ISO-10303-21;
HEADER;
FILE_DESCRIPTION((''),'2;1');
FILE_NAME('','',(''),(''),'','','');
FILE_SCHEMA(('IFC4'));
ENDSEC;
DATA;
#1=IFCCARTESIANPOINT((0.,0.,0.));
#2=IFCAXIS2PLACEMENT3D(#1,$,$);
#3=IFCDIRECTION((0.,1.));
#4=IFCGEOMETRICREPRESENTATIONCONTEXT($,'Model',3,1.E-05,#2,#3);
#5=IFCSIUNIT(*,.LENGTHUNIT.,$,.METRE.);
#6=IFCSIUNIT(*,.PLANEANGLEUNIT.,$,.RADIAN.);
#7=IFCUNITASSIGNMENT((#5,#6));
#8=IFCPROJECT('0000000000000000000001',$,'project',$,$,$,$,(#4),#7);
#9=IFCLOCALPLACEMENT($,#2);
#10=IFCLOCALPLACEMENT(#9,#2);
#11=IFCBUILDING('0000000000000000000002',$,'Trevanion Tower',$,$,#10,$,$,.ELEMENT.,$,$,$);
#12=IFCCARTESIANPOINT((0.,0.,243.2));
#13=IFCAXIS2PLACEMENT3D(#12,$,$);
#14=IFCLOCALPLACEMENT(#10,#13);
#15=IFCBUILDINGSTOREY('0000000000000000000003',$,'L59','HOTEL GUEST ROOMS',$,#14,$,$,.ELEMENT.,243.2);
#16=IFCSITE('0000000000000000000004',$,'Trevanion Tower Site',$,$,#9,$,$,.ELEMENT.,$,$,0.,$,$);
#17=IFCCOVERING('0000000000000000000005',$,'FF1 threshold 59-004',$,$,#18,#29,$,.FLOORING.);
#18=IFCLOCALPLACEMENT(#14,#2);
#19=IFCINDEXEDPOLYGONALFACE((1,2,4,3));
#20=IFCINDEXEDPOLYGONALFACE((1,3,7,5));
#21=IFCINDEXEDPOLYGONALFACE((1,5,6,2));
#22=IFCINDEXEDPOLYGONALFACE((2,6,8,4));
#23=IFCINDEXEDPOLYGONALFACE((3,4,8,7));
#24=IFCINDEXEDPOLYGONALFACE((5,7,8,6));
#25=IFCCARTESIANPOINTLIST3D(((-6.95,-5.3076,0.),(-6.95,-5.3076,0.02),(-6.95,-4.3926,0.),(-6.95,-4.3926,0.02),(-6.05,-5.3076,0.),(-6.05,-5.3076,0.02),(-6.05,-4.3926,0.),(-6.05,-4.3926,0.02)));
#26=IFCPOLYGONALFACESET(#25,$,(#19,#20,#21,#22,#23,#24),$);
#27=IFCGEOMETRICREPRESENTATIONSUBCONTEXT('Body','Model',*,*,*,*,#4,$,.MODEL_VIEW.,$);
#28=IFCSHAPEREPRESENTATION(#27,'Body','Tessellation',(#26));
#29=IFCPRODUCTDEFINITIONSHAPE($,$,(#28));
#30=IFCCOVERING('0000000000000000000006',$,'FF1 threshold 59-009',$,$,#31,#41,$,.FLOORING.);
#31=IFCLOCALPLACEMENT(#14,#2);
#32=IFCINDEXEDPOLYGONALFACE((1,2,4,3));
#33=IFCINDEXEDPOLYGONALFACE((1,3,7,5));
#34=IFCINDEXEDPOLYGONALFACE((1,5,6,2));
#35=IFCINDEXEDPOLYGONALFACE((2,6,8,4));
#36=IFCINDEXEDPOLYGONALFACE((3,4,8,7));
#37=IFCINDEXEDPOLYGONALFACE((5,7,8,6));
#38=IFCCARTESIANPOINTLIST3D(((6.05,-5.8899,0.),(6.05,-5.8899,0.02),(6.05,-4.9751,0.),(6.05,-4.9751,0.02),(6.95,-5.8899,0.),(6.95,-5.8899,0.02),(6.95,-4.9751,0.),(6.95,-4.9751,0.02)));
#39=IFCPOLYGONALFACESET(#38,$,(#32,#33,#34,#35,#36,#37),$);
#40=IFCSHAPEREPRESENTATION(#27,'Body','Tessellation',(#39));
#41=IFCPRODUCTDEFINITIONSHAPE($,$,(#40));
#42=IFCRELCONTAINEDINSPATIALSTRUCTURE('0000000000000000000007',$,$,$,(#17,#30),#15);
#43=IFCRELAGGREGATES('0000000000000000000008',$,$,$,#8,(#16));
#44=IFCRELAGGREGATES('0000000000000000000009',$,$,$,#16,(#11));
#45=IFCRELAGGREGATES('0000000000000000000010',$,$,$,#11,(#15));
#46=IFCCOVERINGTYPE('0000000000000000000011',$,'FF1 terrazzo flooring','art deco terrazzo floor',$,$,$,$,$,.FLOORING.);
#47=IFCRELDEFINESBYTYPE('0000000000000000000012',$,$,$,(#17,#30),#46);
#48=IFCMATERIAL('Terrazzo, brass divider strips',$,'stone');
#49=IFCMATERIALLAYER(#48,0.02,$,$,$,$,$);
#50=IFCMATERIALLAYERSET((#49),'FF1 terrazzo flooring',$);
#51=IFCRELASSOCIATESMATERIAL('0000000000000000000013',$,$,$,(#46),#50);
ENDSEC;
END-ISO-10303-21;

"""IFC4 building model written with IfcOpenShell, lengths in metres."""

from ifc_helpers import new_model, si_unit, direction, frame, origin, place, context, subcontext, project, spatial, polyline, outline, extrude, material, layer, layer_set, type_object, element, save


model = new_model("IFC4")

# Units and contexts
model_context = context("Model", 3, precision=1e-05, world=origin(), true_north=direction((0.0, 1.0)))
body_context = subcontext(model_context, "Body", "Model", "MODEL_VIEW")
ifc_project = project(units=[si_unit("LENGTHUNIT", "METRE"), si_unit("PLANEANGLEUNIT", "RADIAN")], contexts=[model_context])

# Site, building, storey
site_placement = place(None, origin())
site = spatial("IfcSite", under=ifc_project, at=site_placement, Name="Trevanion Tower Site", CompositionType="ELEMENT", RefElevation=0.0)
building_placement = place(site_placement, origin())
building = spatial("IfcBuilding", under=site, at=building_placement, Name="Trevanion Tower", CompositionType="ELEMENT")
storey_placement = place(building_placement, frame((0.0, 0.0, 243.2)))
storey = spatial("IfcBuildingStorey", under=building, at=storey_placement, Name="L59", Description="HOTEL GUEST ROOMS", CompositionType="ELEMENT", Elevation=243.2)

# Coverings
ifc_material_1 = material(Name="Terrazzo, brass divider strips", Category="stone")
ifc_layer_1 = layer(ifc_material_1, 0.02)
ifc_layer_set_1 = layer_set([ifc_layer_1], Name="FF1 terrazzo flooring")
covering_type = type_object("IfcCoveringType", Name="FF1 terrazzo flooring", Description="art deco terrazzo floor", PredefinedType="FLOORING", material=ifc_layer_set_1)
covering_1_placement = place(storey_placement, origin())
element("IfcCovering", 1, at=covering_1_placement, inside=storey, type_object=covering_type, Name="FF1 threshold 59-004", PredefinedType="FLOORING", context=body_context, shape_type="SweptSolid", body=[
    extrude(outline(polyline([(-6.95, -4.3926), (-6.95, -5.3076), (-6.05, -5.3076), (-6.05, -4.3926), (-6.95, -4.3926)])), origin(), (0.0, 0.0, 1.0), 0.02),
])
covering_2_placement = place(storey_placement, origin())
element("IfcCovering", 2, at=covering_2_placement, inside=storey, type_object=covering_type, Name="FF1 threshold 59-009", PredefinedType="FLOORING", context=body_context, shape_type="SweptSolid", body=[
    extrude(outline(polyline([(6.95, -5.8899), (6.95, -4.9751), (6.05, -4.9751), (6.05, -5.8899), (6.95, -5.8899)])), origin(), (0.0, 0.0, 1.0), 0.02),
])

save(model, "model.ifc")
